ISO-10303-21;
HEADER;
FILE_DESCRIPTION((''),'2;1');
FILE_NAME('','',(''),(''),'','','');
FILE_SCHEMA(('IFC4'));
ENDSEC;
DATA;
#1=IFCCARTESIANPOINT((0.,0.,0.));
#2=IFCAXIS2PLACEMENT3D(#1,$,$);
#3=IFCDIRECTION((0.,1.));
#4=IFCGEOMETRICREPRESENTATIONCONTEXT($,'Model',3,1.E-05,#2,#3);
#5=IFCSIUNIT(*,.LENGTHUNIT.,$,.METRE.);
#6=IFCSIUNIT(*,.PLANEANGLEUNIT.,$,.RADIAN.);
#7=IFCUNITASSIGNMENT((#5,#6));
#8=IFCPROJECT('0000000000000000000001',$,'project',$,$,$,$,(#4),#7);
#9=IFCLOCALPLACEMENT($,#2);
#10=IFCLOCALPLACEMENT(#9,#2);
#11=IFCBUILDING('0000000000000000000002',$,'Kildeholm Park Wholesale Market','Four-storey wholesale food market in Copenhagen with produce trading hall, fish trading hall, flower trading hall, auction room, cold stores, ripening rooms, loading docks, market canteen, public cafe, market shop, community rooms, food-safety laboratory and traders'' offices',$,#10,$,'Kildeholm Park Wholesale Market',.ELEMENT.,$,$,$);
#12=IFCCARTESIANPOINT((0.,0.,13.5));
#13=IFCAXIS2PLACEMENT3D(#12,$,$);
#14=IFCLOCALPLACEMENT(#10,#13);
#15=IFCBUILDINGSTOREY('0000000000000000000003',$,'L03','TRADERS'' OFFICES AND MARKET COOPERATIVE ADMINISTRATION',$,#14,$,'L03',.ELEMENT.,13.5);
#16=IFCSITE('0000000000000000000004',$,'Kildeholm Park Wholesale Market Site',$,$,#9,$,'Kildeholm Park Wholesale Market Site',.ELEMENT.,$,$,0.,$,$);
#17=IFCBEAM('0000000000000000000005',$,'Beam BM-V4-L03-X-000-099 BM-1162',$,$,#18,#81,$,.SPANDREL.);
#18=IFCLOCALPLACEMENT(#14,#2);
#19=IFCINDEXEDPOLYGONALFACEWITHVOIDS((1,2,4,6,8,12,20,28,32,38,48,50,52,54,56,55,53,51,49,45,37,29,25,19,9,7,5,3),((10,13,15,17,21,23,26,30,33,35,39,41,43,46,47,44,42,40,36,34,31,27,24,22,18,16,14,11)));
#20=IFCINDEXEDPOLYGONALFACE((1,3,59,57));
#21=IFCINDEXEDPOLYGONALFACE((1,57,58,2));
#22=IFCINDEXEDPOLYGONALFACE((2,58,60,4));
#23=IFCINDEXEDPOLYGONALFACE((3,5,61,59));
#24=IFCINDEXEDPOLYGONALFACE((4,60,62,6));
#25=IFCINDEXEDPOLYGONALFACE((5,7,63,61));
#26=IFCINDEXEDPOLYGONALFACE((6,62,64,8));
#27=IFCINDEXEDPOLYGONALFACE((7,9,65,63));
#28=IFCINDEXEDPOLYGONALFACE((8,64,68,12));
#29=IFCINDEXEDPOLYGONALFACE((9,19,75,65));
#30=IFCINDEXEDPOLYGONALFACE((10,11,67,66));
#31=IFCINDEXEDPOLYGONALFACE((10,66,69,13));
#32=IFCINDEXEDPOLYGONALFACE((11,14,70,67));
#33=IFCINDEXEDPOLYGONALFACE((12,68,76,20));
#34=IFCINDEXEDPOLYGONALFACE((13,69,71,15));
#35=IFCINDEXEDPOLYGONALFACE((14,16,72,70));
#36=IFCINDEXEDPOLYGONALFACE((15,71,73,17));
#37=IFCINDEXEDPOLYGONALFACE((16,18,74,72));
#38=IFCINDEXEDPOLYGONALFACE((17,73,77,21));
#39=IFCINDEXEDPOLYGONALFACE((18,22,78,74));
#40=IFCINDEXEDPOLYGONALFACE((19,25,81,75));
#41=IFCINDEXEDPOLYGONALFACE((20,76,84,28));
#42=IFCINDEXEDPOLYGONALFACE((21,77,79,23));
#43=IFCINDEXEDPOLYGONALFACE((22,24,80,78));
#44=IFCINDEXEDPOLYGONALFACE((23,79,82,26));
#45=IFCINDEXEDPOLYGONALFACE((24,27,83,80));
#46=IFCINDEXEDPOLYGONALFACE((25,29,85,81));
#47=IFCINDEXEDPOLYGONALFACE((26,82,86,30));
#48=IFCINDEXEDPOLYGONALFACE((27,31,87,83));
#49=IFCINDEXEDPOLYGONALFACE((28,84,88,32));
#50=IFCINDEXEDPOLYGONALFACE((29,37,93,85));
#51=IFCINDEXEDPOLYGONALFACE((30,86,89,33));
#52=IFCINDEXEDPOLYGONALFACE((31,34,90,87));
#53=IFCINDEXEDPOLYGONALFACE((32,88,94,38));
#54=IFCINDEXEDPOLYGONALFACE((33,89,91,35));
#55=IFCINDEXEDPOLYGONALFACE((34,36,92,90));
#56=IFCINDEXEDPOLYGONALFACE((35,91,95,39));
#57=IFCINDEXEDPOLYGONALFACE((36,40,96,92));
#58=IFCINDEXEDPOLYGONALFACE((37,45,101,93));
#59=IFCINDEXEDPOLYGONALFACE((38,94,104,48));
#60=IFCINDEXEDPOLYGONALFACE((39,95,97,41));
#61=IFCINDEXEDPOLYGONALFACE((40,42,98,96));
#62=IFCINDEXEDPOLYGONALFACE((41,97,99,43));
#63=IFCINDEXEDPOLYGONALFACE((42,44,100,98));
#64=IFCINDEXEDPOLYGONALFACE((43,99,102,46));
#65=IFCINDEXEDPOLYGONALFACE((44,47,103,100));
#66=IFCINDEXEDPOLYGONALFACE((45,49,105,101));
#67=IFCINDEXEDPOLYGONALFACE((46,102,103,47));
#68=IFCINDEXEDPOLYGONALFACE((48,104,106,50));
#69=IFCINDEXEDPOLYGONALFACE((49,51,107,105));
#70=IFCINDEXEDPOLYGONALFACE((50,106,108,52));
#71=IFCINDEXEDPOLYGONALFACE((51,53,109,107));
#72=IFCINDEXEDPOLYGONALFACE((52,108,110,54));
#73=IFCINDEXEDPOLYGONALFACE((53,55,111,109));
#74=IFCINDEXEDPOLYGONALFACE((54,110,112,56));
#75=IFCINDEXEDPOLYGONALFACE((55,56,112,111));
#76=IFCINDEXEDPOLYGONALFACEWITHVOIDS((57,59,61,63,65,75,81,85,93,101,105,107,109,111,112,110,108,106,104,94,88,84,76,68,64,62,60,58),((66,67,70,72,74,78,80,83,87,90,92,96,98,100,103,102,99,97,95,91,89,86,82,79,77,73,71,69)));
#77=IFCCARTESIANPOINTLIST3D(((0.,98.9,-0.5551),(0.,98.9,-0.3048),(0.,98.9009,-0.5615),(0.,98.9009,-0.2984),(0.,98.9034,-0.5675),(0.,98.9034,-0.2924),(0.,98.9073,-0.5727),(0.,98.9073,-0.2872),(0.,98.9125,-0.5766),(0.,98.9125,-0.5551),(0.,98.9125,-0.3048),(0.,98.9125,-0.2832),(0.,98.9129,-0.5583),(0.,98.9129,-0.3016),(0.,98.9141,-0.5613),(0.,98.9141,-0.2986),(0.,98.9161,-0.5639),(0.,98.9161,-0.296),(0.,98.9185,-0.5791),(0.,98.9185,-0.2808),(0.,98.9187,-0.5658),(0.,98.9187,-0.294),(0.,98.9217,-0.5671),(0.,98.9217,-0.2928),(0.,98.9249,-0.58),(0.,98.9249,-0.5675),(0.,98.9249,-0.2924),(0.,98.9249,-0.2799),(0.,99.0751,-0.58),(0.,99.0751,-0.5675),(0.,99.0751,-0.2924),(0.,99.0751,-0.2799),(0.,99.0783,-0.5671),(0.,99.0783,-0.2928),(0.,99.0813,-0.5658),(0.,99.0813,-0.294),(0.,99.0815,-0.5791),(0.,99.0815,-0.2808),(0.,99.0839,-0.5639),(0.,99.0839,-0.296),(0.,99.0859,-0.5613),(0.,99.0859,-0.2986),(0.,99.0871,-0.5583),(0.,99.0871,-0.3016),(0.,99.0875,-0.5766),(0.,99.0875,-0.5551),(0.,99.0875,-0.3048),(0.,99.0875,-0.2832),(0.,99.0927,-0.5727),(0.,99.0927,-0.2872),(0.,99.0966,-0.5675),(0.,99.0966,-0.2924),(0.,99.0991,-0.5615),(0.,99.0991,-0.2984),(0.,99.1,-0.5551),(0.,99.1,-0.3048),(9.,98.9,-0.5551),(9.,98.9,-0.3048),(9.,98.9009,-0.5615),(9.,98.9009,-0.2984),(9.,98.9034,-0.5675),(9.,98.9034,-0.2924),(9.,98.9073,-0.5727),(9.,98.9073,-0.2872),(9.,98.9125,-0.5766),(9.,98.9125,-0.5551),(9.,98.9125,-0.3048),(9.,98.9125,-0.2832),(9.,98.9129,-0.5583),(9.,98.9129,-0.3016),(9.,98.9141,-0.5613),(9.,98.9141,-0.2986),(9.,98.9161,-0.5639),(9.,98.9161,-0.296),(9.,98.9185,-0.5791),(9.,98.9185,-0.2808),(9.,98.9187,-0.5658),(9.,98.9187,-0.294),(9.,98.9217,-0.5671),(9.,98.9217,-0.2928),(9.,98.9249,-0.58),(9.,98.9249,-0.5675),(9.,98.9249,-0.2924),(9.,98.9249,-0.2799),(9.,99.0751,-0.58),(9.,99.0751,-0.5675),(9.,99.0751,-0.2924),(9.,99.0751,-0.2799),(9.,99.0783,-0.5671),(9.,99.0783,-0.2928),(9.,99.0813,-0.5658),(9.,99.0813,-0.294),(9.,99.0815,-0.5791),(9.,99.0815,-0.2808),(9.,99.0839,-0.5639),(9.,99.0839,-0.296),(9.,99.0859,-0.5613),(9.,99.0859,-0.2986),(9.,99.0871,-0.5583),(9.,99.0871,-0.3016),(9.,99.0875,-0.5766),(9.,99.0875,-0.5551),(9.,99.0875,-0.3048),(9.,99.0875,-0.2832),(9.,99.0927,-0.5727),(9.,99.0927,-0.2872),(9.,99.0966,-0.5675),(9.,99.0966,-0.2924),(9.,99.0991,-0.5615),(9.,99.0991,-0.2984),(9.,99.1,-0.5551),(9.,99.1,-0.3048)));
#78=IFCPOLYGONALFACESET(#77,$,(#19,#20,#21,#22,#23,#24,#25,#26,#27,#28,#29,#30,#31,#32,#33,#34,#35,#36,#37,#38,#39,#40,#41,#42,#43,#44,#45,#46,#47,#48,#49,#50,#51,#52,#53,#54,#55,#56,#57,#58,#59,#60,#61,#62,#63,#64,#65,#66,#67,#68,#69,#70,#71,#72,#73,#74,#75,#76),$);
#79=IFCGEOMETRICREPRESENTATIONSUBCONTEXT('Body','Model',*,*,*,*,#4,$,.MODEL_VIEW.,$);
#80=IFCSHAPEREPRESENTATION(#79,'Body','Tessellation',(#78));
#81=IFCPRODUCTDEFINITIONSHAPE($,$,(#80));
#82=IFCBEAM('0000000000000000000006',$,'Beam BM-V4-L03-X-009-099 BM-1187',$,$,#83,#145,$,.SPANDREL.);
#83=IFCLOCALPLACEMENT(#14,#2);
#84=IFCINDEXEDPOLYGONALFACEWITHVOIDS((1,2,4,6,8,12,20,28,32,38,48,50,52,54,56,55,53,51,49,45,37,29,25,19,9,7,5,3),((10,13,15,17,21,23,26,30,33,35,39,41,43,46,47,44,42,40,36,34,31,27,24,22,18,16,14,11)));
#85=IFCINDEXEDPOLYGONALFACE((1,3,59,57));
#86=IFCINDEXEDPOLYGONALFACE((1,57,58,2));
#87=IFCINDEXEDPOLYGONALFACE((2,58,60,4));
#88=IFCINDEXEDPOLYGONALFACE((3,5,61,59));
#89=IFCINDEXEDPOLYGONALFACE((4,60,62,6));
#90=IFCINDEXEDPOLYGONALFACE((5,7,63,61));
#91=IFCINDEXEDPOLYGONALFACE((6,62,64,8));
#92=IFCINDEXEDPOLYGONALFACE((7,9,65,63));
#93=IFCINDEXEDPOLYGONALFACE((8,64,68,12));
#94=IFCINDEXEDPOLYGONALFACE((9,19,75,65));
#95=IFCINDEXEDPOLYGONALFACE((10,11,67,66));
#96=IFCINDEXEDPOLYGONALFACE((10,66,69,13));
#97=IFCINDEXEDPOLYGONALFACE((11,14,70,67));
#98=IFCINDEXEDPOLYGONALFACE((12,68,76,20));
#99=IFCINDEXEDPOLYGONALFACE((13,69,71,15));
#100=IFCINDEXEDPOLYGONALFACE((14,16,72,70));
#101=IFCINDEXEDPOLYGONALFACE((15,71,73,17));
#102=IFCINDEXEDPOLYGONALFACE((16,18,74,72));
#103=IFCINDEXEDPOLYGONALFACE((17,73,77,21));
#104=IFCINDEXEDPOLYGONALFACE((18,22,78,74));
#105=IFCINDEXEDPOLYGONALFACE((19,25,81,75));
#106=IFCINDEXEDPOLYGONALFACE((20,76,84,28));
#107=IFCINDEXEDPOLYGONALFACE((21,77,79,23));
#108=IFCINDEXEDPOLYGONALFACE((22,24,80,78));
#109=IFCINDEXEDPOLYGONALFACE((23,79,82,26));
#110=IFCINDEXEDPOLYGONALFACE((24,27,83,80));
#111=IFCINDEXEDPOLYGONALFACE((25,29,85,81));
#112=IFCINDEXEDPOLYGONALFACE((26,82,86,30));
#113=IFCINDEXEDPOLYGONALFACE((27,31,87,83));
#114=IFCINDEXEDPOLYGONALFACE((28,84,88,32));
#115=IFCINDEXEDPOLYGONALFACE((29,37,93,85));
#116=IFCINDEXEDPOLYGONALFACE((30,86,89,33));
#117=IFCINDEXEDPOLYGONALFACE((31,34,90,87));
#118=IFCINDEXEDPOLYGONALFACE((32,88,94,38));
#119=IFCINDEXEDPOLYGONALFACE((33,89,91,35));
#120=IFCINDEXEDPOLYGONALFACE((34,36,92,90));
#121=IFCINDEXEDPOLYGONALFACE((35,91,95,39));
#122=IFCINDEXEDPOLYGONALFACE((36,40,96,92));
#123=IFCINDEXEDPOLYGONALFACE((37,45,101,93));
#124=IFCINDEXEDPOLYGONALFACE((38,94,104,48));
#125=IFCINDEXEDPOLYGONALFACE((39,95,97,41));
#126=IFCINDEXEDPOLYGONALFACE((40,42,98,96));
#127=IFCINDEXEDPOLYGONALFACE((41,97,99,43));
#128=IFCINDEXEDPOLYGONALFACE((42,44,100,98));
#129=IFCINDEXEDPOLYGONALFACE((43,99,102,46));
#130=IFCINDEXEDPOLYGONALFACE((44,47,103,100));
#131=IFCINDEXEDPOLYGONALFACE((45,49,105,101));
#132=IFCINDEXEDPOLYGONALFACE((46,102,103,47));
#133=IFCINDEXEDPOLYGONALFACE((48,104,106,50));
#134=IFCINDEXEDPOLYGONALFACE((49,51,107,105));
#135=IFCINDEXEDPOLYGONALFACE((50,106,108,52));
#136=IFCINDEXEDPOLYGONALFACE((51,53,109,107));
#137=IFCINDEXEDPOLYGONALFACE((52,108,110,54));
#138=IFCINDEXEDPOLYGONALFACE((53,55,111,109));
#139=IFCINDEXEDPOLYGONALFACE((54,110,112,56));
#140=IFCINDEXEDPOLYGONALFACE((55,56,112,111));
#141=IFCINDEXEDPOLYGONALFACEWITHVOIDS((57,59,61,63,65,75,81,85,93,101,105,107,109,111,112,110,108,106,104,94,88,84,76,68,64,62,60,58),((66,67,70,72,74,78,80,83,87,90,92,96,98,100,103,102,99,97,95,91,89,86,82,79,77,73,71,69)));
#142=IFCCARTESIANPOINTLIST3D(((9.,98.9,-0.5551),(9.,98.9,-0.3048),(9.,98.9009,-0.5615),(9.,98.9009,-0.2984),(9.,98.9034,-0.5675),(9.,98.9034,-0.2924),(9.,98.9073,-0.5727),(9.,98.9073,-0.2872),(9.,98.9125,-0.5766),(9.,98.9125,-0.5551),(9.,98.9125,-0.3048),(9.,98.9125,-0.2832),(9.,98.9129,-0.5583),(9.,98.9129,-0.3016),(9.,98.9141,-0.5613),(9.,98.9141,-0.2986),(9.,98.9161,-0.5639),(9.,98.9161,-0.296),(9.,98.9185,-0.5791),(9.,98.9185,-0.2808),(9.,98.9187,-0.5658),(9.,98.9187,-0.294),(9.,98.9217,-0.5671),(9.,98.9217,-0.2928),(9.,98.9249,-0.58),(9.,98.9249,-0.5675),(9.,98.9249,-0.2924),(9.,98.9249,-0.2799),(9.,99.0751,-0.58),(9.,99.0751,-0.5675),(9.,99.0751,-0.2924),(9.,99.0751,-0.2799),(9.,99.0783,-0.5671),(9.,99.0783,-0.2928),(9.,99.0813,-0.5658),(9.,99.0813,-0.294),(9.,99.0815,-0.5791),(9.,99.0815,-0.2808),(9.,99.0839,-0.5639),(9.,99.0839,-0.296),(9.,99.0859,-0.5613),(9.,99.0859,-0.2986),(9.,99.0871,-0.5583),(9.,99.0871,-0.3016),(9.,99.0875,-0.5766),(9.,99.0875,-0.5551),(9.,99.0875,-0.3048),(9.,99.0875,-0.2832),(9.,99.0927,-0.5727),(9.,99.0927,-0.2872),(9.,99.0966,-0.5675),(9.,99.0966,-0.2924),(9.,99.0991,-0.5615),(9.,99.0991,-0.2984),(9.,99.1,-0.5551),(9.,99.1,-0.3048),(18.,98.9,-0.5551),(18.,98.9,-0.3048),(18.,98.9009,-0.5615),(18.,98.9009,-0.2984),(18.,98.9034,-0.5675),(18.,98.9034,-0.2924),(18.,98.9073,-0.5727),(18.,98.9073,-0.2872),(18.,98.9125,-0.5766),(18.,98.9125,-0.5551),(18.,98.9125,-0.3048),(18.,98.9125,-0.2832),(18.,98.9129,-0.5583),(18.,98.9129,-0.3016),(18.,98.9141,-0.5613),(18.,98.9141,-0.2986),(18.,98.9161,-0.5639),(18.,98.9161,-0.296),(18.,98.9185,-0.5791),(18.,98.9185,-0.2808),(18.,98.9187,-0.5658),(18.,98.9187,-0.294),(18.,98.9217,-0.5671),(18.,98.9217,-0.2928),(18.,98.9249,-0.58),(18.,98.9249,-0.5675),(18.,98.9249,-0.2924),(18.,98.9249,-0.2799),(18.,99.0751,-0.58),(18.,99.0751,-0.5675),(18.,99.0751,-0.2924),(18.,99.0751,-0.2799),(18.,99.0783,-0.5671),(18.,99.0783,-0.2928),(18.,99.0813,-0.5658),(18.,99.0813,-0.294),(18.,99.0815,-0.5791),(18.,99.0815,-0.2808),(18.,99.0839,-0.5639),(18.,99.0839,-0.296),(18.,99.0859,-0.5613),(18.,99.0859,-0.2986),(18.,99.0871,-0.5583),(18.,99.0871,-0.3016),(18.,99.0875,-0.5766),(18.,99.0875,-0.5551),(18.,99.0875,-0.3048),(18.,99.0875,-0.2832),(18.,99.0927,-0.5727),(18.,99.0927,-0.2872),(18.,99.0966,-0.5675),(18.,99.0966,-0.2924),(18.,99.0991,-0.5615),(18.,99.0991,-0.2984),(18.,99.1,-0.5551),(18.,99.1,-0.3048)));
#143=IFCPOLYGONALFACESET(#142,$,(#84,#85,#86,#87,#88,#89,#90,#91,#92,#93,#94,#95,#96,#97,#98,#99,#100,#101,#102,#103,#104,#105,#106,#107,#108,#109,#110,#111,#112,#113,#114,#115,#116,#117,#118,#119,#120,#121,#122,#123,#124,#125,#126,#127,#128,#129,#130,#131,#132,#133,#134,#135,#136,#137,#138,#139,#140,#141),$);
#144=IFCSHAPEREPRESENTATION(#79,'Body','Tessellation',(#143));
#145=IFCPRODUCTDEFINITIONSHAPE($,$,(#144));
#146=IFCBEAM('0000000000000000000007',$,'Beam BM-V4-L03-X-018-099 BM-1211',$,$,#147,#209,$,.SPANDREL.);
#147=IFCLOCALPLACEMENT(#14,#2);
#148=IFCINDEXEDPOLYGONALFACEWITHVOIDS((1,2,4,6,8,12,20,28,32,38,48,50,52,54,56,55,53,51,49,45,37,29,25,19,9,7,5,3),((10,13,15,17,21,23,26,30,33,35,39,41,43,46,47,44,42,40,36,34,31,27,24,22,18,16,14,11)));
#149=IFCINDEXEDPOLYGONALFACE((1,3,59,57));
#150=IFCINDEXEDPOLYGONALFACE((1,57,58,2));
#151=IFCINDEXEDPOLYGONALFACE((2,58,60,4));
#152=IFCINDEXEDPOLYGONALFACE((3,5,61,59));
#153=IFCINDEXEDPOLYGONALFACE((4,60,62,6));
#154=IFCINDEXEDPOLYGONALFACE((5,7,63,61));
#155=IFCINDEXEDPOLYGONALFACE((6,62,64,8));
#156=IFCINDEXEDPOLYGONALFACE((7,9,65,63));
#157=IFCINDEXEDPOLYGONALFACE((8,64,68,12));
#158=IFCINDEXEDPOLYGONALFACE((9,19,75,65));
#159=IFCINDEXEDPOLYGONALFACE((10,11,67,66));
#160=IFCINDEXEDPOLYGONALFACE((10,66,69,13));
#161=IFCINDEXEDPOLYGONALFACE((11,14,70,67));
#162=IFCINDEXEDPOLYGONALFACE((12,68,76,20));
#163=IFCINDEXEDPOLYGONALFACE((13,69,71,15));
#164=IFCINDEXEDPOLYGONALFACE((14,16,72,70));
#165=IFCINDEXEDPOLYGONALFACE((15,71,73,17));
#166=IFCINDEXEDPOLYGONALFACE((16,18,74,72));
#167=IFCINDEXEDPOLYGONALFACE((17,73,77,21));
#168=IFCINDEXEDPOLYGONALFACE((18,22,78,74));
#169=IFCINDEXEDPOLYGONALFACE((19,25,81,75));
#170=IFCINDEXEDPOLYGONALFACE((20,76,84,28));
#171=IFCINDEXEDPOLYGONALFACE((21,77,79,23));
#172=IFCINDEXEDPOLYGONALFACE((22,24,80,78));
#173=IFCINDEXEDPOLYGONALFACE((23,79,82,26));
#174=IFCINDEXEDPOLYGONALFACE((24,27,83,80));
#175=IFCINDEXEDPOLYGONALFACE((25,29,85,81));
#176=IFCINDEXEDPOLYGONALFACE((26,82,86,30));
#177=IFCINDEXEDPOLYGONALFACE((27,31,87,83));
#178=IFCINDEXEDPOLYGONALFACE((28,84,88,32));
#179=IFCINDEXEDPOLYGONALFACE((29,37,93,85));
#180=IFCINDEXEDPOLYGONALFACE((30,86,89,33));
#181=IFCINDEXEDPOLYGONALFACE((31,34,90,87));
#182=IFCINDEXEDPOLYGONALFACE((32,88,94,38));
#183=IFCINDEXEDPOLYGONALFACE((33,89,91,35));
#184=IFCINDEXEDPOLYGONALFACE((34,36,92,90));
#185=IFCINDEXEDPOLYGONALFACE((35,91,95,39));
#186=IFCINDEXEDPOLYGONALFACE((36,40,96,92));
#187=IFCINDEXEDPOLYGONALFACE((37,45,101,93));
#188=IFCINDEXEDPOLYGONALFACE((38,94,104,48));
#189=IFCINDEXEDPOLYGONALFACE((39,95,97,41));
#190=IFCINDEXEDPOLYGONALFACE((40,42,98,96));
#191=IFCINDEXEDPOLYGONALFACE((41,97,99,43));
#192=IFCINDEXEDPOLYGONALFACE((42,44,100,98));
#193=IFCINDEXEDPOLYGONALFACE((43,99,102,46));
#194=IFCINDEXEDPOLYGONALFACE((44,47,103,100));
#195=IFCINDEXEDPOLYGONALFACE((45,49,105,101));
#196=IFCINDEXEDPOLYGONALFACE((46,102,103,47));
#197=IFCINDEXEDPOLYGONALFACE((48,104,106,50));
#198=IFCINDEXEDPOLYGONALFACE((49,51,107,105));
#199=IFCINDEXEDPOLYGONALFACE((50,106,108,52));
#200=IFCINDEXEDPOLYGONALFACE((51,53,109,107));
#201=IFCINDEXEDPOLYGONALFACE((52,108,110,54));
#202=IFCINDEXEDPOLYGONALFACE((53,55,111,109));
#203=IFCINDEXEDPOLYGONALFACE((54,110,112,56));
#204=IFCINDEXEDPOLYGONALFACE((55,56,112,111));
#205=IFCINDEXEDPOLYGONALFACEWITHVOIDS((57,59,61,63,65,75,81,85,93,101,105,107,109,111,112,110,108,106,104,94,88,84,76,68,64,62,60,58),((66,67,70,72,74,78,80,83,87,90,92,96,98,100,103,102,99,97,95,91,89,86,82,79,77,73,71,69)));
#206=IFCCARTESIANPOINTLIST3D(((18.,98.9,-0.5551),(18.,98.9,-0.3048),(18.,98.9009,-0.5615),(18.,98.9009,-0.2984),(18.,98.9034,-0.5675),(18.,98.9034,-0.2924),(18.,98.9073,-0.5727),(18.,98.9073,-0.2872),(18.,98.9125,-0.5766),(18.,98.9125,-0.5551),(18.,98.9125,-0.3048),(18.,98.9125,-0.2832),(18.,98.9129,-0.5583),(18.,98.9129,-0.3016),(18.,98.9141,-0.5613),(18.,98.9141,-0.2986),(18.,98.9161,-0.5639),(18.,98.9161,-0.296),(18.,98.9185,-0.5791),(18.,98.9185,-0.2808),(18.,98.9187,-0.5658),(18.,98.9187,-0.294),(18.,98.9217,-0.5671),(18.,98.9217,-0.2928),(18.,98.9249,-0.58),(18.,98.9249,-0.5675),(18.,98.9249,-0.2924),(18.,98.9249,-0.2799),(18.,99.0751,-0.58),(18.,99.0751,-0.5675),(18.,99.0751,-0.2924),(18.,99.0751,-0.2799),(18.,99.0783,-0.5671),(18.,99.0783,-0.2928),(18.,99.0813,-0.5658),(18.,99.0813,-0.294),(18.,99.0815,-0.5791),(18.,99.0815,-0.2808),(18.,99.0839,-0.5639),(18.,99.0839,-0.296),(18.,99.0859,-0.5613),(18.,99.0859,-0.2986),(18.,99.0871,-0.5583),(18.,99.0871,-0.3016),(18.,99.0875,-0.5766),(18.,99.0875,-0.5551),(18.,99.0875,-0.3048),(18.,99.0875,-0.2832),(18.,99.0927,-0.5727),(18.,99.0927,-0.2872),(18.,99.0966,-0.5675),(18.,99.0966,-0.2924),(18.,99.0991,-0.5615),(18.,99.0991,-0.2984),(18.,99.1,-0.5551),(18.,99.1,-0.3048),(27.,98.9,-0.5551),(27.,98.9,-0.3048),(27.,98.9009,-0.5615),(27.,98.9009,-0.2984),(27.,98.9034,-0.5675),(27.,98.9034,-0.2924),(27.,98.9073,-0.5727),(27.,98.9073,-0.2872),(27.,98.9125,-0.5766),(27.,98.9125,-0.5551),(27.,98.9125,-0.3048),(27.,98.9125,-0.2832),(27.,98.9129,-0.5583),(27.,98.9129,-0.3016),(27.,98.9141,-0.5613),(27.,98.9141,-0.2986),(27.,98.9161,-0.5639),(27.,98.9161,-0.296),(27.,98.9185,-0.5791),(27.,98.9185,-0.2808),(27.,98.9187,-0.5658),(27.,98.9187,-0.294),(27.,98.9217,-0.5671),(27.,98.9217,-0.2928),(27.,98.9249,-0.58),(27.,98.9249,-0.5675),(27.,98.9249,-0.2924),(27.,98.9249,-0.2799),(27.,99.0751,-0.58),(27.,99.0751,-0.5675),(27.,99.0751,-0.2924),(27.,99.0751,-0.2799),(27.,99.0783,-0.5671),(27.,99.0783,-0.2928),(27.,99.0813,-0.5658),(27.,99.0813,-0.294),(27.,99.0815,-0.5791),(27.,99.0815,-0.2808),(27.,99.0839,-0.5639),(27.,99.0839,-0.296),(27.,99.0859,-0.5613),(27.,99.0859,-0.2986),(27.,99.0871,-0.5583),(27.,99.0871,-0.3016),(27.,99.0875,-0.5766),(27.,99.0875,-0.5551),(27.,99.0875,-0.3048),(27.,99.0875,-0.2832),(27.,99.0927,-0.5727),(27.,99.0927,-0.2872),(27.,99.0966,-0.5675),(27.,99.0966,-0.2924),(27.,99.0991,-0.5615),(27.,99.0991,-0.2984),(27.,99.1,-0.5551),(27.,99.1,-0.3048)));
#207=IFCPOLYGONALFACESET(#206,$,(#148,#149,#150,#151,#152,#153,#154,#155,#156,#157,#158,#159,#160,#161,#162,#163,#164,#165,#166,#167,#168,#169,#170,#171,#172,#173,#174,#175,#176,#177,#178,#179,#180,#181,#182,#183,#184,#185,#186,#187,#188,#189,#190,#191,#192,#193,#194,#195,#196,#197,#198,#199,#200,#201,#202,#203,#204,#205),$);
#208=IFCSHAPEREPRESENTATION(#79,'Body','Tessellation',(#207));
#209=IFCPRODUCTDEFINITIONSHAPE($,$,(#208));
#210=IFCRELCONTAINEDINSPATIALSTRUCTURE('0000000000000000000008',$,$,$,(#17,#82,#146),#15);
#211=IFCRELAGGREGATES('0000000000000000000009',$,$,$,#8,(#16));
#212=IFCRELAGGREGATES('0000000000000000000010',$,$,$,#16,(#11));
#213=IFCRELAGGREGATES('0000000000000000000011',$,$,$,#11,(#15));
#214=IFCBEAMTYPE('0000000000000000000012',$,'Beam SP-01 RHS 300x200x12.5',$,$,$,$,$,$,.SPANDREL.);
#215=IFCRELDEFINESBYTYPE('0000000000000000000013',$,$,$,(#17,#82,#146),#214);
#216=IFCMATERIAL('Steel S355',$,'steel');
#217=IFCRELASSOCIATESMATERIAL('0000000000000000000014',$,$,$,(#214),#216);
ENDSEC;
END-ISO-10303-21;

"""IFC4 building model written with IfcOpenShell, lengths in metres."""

from ifc_helpers import new_model, si_unit, direction, frame, origin, origin_2d, place, context, subcontext, project, spatial, hollow_rectangle, extrude, material, material_profile, profile_set, type_object, element, save


model = new_model("IFC4")

# Units and contexts
model_context = context("Model", 3, precision=1e-05, world=origin(), true_north=direction((0.0, 1.0)))
body_context = subcontext(model_context, "Body", "Model", "MODEL_VIEW")
ifc_project = project(units=[si_unit("LENGTHUNIT", "METRE"), si_unit("PLANEANGLEUNIT", "RADIAN")], contexts=[model_context])

# Site, building, storey
site_placement = place(None, origin())
site = spatial("IfcSite", under=ifc_project, at=site_placement, Name="Kildeholm Park Wholesale Market Site", LongName="Kildeholm Park Wholesale Market Site", CompositionType="ELEMENT", RefElevation=0.0)
building_placement = place(site_placement, origin())
building = spatial("IfcBuilding", under=site, at=building_placement, Name="Kildeholm Park Wholesale Market", Description="Four-storey wholesale food market in Copenhagen with produce trading hall, fish trading hall, flower trading hall, auction room, cold stores, ripening rooms, loading docks, market canteen, public cafe, market shop, community rooms, food-safety laboratory and traders' offices", LongName="Kildeholm Park Wholesale Market", CompositionType="ELEMENT")
storey_placement = place(building_placement, frame((0.0, 0.0, 13.5)))
storey = spatial("IfcBuildingStorey", under=building, at=storey_placement, Name="L03", Description="TRADERS' OFFICES AND MARKET COOPERATIVE ADMINISTRATION", LongName="L03", CompositionType="ELEMENT", Elevation=13.5)

# Shared definitions
ifc_material_1 = material(Name="Steel S355", Category="steel")

# Beams
ifc_material_profile_1 = material_profile(ifc_material_1, hollow_rectangle(XDim=0.2, YDim=0.3, WallThickness=0.0125, InnerFilletRadius=0.0125, OuterFilletRadius=0.0249, at=origin_2d()), Name="RHS 300x200x12.5")
ifc_profile_set_1 = profile_set([ifc_material_profile_1], Name="Steel S355")
beam_type_1 = type_object("IfcBeamType", Name="Beam SP-01 RHS 300x200x12.5", PredefinedType="SPANDREL", material=ifc_profile_set_1)
for number, where, z_axis, x_axis, name in (
    (1, (0.0, 99.0, -0.4299), (1.0, 0.0, 0.0), (0.0, 1.0, 0.0), "Beam BM-V4-L03-X-000-099 BM-1162"),
    (2, (9.0, 99.0, -0.4299), (1.0, 0.0, 0.0), (0.0, 1.0, 0.0), "Beam BM-V4-L03-X-009-099 BM-1187"),
    (3, (18.0, 99.0, -0.4299), (1.0, 0.0, 0.0), (0.0, 1.0, 0.0), "Beam BM-V4-L03-X-018-099 BM-1211"),
):
    element("IfcBeam", number, at=place(storey_placement, frame(where, z_axis=z_axis, x_axis=x_axis)), inside=storey, type_object=beam_type_1, Name=name, PredefinedType="SPANDREL", context=body_context, shape_type="SweptSolid", body=[
        extrude(hollow_rectangle(XDim=0.2, YDim=0.3, WallThickness=0.0125, InnerFilletRadius=0.0125, OuterFilletRadius=0.0249, at=origin_2d()), origin(), (0.0, 0.0, 1.0), 9.0),
    ])

save(model, "model.ifc")
